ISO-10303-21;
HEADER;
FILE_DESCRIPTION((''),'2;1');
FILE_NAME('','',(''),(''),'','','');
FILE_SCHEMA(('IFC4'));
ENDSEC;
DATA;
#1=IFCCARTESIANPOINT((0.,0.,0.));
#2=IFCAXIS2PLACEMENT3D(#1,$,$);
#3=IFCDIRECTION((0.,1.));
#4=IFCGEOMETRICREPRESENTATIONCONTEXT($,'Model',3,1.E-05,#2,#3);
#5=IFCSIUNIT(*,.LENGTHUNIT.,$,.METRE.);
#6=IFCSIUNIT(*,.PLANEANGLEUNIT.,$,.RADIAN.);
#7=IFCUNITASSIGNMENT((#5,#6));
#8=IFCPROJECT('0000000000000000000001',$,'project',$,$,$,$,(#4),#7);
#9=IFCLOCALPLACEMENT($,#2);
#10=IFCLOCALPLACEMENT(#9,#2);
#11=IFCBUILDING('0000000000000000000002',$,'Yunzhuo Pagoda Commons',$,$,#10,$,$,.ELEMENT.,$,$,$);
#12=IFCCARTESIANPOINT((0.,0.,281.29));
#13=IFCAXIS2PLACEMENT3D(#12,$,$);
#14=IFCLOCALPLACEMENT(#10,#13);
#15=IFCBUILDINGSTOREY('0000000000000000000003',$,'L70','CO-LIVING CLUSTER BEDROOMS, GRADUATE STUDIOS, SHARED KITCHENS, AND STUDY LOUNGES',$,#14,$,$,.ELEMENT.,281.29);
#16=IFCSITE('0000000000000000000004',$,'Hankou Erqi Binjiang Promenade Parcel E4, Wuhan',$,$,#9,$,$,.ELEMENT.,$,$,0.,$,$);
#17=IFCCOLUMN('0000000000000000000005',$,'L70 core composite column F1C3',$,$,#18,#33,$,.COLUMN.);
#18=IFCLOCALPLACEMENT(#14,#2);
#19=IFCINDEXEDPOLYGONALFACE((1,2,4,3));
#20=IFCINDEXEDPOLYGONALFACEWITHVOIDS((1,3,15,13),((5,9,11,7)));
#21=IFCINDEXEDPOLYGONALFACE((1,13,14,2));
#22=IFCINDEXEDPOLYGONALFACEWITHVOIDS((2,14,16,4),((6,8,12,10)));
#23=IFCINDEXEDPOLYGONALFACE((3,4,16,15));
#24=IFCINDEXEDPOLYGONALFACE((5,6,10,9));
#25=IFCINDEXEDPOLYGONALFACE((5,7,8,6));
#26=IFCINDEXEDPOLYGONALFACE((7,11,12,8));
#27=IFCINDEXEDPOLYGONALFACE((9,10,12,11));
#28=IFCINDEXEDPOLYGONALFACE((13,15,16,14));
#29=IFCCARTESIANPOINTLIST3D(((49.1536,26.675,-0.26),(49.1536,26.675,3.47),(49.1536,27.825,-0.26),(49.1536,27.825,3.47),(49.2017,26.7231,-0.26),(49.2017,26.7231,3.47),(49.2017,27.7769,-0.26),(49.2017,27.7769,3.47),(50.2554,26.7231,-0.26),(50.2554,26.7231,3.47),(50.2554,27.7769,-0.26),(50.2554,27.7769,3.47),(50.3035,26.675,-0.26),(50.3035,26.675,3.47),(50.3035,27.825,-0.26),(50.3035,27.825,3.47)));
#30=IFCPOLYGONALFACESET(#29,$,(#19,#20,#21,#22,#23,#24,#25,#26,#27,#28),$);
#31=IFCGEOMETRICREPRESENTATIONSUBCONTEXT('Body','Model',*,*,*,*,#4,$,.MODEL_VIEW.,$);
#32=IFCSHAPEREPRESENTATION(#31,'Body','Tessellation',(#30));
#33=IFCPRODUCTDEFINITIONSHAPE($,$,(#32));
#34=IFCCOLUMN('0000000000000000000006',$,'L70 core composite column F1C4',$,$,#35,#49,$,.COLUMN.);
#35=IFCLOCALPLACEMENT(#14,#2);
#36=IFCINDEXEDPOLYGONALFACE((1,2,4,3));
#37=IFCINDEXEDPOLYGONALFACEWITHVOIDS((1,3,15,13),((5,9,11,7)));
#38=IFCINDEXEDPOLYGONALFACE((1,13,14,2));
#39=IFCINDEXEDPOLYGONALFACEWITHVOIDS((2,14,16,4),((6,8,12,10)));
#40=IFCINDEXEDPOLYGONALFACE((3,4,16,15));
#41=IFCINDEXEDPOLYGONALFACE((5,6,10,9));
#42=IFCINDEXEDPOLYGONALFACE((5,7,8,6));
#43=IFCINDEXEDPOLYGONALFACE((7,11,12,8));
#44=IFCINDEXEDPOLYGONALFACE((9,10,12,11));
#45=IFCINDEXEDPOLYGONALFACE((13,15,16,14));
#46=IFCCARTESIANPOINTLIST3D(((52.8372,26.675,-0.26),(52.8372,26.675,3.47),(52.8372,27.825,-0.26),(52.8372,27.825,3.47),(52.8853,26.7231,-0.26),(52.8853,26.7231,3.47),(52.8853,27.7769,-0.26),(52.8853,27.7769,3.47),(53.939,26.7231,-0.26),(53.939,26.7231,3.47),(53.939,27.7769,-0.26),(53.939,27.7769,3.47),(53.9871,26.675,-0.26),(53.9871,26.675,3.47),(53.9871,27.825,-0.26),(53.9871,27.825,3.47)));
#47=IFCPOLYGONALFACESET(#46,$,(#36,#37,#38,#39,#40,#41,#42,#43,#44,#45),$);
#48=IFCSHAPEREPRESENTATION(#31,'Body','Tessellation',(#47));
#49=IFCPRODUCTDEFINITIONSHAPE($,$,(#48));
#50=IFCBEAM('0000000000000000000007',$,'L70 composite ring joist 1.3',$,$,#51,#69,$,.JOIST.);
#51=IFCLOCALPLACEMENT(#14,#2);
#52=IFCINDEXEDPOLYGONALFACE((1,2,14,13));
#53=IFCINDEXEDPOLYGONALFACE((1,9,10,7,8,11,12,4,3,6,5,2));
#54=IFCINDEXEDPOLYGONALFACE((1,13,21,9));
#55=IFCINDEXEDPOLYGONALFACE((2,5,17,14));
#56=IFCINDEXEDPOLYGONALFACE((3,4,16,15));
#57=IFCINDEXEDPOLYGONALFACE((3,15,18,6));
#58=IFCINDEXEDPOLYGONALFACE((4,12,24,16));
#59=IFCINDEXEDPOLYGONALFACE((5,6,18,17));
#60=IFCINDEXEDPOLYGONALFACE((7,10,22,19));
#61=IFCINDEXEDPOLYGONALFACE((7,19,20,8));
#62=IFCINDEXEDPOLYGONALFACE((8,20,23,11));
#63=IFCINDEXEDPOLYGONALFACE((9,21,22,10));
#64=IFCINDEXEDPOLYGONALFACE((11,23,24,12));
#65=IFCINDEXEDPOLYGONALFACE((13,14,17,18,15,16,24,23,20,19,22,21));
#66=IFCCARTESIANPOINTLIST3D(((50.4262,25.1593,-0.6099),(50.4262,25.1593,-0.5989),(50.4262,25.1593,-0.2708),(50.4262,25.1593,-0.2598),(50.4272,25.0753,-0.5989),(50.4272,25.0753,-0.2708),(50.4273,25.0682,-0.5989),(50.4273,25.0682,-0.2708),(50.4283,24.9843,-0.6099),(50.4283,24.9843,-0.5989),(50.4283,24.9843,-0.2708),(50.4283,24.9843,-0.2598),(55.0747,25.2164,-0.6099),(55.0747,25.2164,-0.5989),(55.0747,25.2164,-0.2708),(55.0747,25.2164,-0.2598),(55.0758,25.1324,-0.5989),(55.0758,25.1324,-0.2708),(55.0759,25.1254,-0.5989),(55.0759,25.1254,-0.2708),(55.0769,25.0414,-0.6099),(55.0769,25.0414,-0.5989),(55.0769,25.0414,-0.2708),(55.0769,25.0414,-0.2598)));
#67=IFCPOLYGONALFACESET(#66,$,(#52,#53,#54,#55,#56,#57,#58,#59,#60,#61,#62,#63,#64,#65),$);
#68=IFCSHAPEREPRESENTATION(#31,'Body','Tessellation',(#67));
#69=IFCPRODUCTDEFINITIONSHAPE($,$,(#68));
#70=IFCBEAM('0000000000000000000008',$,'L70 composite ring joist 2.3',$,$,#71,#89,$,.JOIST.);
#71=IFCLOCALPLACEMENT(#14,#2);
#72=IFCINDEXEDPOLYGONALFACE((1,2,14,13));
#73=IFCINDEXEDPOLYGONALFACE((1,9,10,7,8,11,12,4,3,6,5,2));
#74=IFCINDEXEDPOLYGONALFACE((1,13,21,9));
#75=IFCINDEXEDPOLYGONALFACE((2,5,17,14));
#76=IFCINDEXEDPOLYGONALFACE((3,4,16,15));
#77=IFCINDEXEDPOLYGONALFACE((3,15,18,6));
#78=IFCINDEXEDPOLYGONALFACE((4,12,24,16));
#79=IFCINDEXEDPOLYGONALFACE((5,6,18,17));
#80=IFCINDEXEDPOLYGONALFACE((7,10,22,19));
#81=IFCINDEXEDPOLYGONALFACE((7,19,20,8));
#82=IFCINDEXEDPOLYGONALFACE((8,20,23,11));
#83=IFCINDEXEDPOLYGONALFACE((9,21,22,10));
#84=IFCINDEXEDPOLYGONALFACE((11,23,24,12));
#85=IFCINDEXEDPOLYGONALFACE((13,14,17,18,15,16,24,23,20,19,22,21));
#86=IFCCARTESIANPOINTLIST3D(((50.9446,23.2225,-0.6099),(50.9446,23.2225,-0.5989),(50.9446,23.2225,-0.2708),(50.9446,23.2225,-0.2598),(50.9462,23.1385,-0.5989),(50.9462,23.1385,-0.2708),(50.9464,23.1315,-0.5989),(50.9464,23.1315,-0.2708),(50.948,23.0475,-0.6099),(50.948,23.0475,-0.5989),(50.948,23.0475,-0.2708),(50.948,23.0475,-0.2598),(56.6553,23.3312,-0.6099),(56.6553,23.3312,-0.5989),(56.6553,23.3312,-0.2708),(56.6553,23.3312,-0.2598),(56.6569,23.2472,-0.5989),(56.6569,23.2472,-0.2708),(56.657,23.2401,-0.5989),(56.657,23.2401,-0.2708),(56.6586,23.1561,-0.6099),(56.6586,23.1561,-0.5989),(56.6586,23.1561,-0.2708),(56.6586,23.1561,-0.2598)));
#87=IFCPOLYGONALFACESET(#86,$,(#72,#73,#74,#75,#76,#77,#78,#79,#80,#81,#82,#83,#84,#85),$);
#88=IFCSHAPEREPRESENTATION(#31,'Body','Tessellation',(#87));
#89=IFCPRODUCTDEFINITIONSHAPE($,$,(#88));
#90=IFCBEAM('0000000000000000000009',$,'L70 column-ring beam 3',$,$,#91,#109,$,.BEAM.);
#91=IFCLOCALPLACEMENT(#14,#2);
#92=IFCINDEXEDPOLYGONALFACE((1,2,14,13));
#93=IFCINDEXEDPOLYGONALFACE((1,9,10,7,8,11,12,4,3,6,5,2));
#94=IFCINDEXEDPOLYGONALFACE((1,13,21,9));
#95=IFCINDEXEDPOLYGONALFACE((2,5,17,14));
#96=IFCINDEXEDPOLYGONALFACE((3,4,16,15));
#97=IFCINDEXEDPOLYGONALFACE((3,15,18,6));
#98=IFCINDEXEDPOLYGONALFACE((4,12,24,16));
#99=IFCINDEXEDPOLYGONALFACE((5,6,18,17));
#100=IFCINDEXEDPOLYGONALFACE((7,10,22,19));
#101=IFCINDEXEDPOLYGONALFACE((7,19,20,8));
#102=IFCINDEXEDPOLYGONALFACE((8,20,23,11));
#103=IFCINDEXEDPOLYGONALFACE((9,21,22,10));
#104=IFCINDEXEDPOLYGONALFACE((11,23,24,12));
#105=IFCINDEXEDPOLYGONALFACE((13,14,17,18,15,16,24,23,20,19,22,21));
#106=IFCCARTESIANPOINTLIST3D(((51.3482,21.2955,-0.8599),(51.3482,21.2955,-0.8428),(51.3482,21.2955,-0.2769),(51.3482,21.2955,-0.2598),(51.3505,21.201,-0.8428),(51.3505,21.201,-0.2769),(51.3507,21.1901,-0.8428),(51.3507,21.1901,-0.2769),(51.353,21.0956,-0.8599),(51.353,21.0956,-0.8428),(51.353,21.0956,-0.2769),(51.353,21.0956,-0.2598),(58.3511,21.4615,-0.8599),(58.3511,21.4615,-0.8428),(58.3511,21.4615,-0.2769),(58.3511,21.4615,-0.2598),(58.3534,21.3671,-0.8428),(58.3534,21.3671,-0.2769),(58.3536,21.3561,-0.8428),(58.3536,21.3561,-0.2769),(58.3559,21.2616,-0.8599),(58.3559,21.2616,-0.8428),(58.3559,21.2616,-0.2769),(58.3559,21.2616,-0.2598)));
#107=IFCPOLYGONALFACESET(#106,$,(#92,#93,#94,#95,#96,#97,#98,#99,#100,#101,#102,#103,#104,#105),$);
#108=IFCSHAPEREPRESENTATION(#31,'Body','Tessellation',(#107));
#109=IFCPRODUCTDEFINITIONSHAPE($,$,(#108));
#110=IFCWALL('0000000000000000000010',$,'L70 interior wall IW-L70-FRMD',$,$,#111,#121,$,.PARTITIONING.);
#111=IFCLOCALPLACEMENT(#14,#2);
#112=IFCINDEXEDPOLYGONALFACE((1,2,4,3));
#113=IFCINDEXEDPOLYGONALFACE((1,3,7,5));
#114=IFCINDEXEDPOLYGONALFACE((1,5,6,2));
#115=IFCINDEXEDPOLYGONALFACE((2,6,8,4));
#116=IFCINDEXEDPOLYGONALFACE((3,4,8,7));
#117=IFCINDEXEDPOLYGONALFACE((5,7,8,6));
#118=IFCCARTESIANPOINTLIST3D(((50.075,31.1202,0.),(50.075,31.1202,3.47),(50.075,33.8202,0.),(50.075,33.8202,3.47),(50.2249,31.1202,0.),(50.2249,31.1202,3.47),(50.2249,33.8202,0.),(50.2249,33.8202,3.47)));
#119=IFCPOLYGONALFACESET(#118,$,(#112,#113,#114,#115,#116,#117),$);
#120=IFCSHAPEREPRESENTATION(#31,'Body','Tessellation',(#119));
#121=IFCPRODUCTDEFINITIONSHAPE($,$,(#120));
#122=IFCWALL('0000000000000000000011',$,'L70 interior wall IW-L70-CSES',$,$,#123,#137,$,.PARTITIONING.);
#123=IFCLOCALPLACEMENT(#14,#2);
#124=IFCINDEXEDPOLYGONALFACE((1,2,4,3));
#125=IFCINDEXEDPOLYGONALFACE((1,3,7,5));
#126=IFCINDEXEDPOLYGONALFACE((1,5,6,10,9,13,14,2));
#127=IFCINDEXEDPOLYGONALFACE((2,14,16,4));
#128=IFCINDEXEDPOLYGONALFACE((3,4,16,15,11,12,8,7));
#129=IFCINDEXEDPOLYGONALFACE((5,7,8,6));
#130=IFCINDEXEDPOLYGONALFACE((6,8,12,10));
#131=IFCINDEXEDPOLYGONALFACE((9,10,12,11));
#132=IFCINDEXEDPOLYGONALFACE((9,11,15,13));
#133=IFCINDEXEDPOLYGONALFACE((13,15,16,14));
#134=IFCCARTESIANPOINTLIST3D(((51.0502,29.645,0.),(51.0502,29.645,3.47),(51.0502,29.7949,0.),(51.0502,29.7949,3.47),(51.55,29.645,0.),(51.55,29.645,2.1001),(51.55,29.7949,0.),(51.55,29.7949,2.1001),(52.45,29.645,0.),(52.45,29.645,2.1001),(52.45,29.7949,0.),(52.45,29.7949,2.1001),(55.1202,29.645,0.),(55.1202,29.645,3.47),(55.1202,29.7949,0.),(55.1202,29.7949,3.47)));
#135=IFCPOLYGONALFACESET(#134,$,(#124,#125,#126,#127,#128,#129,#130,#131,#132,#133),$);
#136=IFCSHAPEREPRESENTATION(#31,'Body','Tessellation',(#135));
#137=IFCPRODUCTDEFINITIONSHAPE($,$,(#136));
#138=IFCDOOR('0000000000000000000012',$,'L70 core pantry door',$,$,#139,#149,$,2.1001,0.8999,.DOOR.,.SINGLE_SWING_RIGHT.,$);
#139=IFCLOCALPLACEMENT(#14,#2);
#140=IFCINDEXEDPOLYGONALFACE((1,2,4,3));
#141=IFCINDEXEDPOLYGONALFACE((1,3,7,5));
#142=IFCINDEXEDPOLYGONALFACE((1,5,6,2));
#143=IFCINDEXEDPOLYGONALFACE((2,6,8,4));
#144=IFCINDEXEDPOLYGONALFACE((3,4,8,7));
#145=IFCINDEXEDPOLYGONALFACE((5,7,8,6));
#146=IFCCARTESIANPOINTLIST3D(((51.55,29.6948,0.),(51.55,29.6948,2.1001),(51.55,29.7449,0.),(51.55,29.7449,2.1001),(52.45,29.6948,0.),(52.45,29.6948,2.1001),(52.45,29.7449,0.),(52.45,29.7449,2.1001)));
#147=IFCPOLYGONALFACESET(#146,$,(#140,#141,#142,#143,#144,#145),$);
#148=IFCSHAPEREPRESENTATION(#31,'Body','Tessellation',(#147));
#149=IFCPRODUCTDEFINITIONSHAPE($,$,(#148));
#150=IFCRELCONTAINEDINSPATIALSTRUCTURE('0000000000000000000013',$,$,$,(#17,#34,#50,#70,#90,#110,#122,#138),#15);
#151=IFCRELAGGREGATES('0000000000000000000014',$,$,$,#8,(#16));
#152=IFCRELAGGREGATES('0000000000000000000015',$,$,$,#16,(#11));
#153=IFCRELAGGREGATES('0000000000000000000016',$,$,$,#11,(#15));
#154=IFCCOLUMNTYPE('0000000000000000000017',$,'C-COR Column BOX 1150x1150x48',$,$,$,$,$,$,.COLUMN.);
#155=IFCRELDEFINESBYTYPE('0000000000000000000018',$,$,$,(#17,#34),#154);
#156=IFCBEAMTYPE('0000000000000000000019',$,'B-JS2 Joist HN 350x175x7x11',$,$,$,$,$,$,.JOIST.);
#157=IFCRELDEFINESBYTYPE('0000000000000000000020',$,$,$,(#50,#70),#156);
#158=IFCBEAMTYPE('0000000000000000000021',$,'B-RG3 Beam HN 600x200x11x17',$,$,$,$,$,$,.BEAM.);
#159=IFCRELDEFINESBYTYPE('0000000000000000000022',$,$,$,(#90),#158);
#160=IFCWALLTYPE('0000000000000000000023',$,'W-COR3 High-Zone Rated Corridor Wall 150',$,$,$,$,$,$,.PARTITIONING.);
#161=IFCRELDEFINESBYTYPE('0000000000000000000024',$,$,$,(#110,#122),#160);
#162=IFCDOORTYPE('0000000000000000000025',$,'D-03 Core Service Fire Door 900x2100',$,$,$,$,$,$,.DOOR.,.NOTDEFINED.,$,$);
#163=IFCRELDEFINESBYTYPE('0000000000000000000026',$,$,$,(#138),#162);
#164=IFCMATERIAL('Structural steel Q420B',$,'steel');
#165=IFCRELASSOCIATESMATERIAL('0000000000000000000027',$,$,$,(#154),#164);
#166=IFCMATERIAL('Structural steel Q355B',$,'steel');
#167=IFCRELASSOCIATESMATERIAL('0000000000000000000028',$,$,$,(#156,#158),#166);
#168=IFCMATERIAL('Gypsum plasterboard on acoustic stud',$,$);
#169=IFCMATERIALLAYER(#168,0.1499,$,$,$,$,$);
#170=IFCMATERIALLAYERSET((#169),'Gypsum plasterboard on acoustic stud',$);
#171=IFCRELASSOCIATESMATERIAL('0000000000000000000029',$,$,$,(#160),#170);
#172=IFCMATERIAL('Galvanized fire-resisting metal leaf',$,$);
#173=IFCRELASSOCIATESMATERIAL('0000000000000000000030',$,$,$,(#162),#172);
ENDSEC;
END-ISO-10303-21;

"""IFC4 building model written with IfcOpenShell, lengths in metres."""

from ifc_helpers import new_model, si_unit, direction, frame, frame_2d, origin, origin_with_axes, origin_2d, place, context, subcontext, project, spatial, rectangle, hollow_rectangle, i_section, extrude, source, transform, mapped, material, layer, layer_set, material_profile, profile_set, type_object, element, fill, save


model = new_model("IFC4")

# Units and contexts
model_context = context("Model", 3, precision=1e-05, world=origin(), true_north=direction((0.0, 1.0)))
body_context = subcontext(model_context, "Body", "Model", "MODEL_VIEW")
ifc_project = project(units=[si_unit("LENGTHUNIT", "METRE"), si_unit("PLANEANGLEUNIT", "RADIAN")], contexts=[model_context])

# Site, building, storey
site_placement = place(None, origin())
site = spatial("IfcSite", under=ifc_project, at=site_placement, Name="Hankou Erqi Binjiang Promenade Parcel E4, Wuhan", CompositionType="ELEMENT", RefElevation=0.0)
building_placement = place(site_placement, origin())
building = spatial("IfcBuilding", under=site, at=building_placement, Name="Yunzhuo Pagoda Commons", CompositionType="ELEMENT")
storey_placement = place(building_placement, frame((0.0, 0.0, 281.29)))
storey = spatial("IfcBuildingStorey", under=building, at=storey_placement, Name="L70", Description="CO-LIVING CLUSTER BEDROOMS, GRADUATE STUDIOS, SHARED KITCHENS, AND STUDY LOUNGES", CompositionType="ELEMENT", Elevation=281.29)

# Columns
ifc_material_1 = material(Name="Structural steel Q420B", Category="steel")
ifc_material_profile_1 = material_profile(ifc_material_1, hollow_rectangle(XDim=1.1499, YDim=1.1499, WallThickness=0.0481, at=origin_2d()), Name="Structural steel Q420B")
ifc_profile_set_1 = profile_set([ifc_material_profile_1], Name="Structural steel Q420B")
column_type = type_object("IfcColumnType", Name="C-COR Column BOX 1150x1150x48", PredefinedType="COLUMN", material=ifc_profile_set_1)
shared_shape_1 = source(origin(), body_context, "Body", "SweptSolid", [
    extrude(hollow_rectangle(XDim=1.1499, YDim=1.1499, WallThickness=0.0481, at=origin_2d()), origin(), (0.0, 0.0, 1.0), 3.73),
])
for number, where, z_axis, x_axis, name in (
    (1, (49.7285, 27.25, -0.26), (0.0, 0.0, 1.0), (1.0, 0.0, 0.0), "L70 core composite column F1C3"),
    (2, (53.4121, 27.25, -0.26), (0.0, 0.0, 1.0), (1.0, 0.0, 0.0), "L70 core composite column F1C4"),
):
    element("IfcColumn", number, at=place(storey_placement, frame(where, z_axis=z_axis, x_axis=x_axis)), inside=storey, type_object=column_type, Name=name, PredefinedType="COLUMN", context=body_context, shape_type="MappedRepresentation", body=[
        mapped(shared_shape_1, transform((0.0, 0.0, 0.0), scale=1.0)),
    ])

# Beams
ifc_material_2 = material(Name="Structural steel Q355B", Category="steel")
ifc_material_profile_2 = material_profile(ifc_material_2, i_section(OverallWidth=0.175, OverallDepth=0.3501, WebThickness=0.0071, FlangeThickness=0.011, at=origin_2d()), Name="Structural steel Q355B")
ifc_profile_set_2 = profile_set([ifc_material_profile_2], Name="Structural steel Q355B")
beam_type_1 = type_object("IfcBeamType", Name="B-JS2 Joist HN 350x175x7x11", PredefinedType="JOIST", material=ifc_profile_set_2)
shared_shape_2 = source(origin(), body_context, "Body", "SweptSolid", [
    extrude(i_section(OverallWidth=0.175, OverallDepth=0.3501, WebThickness=0.0071, FlangeThickness=0.011, at=origin_2d()), origin(), (0.0, 0.0, 1.0), 4.6489),
])
beam_1_placement = place(storey_placement, frame((50.4272, 25.0718, -0.4348), z_axis=(0.999924, 0.012288, 0.0), x_axis=(-0.012288, 0.999924, 0.0)))
element("IfcBeam", 3, at=beam_1_placement, inside=storey, type_object=beam_type_1, Name="L70 composite ring joist 1.3", PredefinedType="JOIST", context=body_context, shape_type="MappedRepresentation", body=[
    mapped(shared_shape_2, transform((0.0, 0.0, 0.0), scale=1.0)),
])
shared_shape_3 = source(origin(), body_context, "Body", "SweptSolid", [
    extrude(i_section(OverallWidth=0.175, OverallDepth=0.3501, WebThickness=0.0071, FlangeThickness=0.011, at=origin_2d()), origin(), (0.0, 0.0, 1.0), 5.7117),
])
beam_2_placement = place(storey_placement, frame((50.9463, 23.135, -0.4348), z_axis=(0.999819, 0.019021, 0.0), x_axis=(-0.019021, 0.999819, 0.0)))
element("IfcBeam", 4, at=beam_2_placement, inside=storey, type_object=beam_type_1, Name="L70 composite ring joist 2.3", PredefinedType="JOIST", context=body_context, shape_type="MappedRepresentation", body=[
    mapped(shared_shape_3, transform((0.0, 0.0, 0.0), scale=1.0)),
])
ifc_material_profile_3 = material_profile(ifc_material_2, i_section(OverallWidth=0.2, OverallDepth=0.6001, WebThickness=0.011, FlangeThickness=0.0171, at=origin_2d()), Name="Structural steel Q355B")
ifc_profile_set_3 = profile_set([ifc_material_profile_3], Name="Structural steel Q355B")
beam_type_2 = type_object("IfcBeamType", Name="B-RG3 Beam HN 600x200x11x17", PredefinedType="BEAM", material=ifc_profile_set_3)
shared_shape_4 = source(origin(), body_context, "Body", "SweptSolid", [
    extrude(i_section(OverallWidth=0.2, OverallDepth=0.6001, WebThickness=0.011, FlangeThickness=0.0171, at=origin_2d()), origin(), (0.0, 0.0, 1.0), 7.0049),
])
beam_3_placement = place(storey_placement, frame((51.3506, 21.1956, -0.5598), z_axis=(0.999719, 0.0237, 0.0), x_axis=(-0.0237, 0.999719, 0.0)))
element("IfcBeam", 5, at=beam_3_placement, inside=storey, type_object=beam_type_2, Name="L70 column-ring beam 3", PredefinedType="BEAM", context=body_context, shape_type="MappedRepresentation", body=[
    mapped(shared_shape_4, transform((0.0, 0.0, 0.0), scale=1.0)),
])

# Wall
ifc_material_3 = material(Name="Gypsum plasterboard on acoustic stud")
ifc_layer_1 = layer(ifc_material_3, 0.1499)
ifc_layer_set_1 = layer_set([ifc_layer_1], Name="Gypsum plasterboard on acoustic stud")
wall_type_1 = type_object("IfcWallType", Name="W-COR3 High-Zone Rated Corridor Wall 150", PredefinedType="PARTITIONING", material=ifc_layer_set_1)
wall_1_placement = place(storey_placement, frame((50.1499, 31.1201, 0.0), z_axis=(0.0, 0.0, 1.0), x_axis=(0.0, 1.0, 0.0)))
element("IfcWall", 6, at=wall_1_placement, inside=storey, type_object=wall_type_1, Name="L70 interior wall IW-L70-FRMD", PredefinedType="PARTITIONING", context=body_context, shape_type="SweptSolid", body=[
    extrude(rectangle(XDim=2.7, YDim=0.1499, at=frame_2d((1.3501, 0.0))), origin(), (0.0, 0.0, 1.0), 3.47),
])

# Wall, opening, door
wall_2_placement = place(storey_placement, frame((51.05, 29.72, 0.0), z_axis=(0.0, 0.0, 1.0), x_axis=(1.0, 0.0, 0.0)))
wall_2 = element("IfcWall", 7, at=wall_2_placement, inside=storey, type_object=wall_type_1, Name="L70 interior wall IW-L70-CSES", PredefinedType="PARTITIONING", context=body_context, shape_type="SweptSolid", body=[
    extrude(rectangle(XDim=4.0701, YDim=0.1499, at=frame_2d((2.0352, 0.0))), origin(), (0.0, 0.0, 1.0), 3.47),
])
opening_1_placement = place(wall_2_placement, frame((0.5, 0.0, 0.0)))
opening_1 = element("IfcOpeningElement", 8, at=opening_1_placement, cuts=wall_2, PredefinedType="OPENING", context=body_context, shape_type="SweptSolid", body=[
    extrude(rectangle(XDim=0.8999, YDim=2.1001, at=frame_2d((0.45, 1.05))), frame((0.0, 0.085, 0.0), z_axis=(0.0, -1.0, 0.0), x_axis=(1.0, 0.0, 0.0)), (0.0, 0.0, 1.0), 0.1699),
])
ifc_material_4 = material(Name="Galvanized fire-resisting metal leaf")
door_type_1 = type_object("IfcDoorType", Name="D-03 Core Service Fire Door 900x2100", OperationType="NOTDEFINED", PredefinedType="DOOR", material=ifc_material_4)
shared_shape_5 = source(origin(), body_context, "Body", "SweptSolid", [
    extrude(rectangle(XDim=0.8999, YDim=2.1001, at=frame_2d((0.45, 1.05))), frame((0.0, 0.0249, 0.0), z_axis=(0.0, -1.0, 0.0), x_axis=(1.0, 0.0, 0.0)), (0.0, 0.0, 1.0), 0.05),
])
door_1_placement = place(opening_1_placement, origin_with_axes())
door_1 = element("IfcDoor", 9, at=door_1_placement, inside=storey, type_object=door_type_1, Name="L70 core pantry door", OperationType="SINGLE_SWING_RIGHT", OverallHeight=2.1001, OverallWidth=0.8999, PredefinedType="DOOR", context=body_context, shape_type="MappedRepresentation", body=[
    mapped(shared_shape_5, transform((0.0, 0.0, 0.0), scale=1.0)),
])
fill(opening_1, door_1)

save(model, "model.ifc")
